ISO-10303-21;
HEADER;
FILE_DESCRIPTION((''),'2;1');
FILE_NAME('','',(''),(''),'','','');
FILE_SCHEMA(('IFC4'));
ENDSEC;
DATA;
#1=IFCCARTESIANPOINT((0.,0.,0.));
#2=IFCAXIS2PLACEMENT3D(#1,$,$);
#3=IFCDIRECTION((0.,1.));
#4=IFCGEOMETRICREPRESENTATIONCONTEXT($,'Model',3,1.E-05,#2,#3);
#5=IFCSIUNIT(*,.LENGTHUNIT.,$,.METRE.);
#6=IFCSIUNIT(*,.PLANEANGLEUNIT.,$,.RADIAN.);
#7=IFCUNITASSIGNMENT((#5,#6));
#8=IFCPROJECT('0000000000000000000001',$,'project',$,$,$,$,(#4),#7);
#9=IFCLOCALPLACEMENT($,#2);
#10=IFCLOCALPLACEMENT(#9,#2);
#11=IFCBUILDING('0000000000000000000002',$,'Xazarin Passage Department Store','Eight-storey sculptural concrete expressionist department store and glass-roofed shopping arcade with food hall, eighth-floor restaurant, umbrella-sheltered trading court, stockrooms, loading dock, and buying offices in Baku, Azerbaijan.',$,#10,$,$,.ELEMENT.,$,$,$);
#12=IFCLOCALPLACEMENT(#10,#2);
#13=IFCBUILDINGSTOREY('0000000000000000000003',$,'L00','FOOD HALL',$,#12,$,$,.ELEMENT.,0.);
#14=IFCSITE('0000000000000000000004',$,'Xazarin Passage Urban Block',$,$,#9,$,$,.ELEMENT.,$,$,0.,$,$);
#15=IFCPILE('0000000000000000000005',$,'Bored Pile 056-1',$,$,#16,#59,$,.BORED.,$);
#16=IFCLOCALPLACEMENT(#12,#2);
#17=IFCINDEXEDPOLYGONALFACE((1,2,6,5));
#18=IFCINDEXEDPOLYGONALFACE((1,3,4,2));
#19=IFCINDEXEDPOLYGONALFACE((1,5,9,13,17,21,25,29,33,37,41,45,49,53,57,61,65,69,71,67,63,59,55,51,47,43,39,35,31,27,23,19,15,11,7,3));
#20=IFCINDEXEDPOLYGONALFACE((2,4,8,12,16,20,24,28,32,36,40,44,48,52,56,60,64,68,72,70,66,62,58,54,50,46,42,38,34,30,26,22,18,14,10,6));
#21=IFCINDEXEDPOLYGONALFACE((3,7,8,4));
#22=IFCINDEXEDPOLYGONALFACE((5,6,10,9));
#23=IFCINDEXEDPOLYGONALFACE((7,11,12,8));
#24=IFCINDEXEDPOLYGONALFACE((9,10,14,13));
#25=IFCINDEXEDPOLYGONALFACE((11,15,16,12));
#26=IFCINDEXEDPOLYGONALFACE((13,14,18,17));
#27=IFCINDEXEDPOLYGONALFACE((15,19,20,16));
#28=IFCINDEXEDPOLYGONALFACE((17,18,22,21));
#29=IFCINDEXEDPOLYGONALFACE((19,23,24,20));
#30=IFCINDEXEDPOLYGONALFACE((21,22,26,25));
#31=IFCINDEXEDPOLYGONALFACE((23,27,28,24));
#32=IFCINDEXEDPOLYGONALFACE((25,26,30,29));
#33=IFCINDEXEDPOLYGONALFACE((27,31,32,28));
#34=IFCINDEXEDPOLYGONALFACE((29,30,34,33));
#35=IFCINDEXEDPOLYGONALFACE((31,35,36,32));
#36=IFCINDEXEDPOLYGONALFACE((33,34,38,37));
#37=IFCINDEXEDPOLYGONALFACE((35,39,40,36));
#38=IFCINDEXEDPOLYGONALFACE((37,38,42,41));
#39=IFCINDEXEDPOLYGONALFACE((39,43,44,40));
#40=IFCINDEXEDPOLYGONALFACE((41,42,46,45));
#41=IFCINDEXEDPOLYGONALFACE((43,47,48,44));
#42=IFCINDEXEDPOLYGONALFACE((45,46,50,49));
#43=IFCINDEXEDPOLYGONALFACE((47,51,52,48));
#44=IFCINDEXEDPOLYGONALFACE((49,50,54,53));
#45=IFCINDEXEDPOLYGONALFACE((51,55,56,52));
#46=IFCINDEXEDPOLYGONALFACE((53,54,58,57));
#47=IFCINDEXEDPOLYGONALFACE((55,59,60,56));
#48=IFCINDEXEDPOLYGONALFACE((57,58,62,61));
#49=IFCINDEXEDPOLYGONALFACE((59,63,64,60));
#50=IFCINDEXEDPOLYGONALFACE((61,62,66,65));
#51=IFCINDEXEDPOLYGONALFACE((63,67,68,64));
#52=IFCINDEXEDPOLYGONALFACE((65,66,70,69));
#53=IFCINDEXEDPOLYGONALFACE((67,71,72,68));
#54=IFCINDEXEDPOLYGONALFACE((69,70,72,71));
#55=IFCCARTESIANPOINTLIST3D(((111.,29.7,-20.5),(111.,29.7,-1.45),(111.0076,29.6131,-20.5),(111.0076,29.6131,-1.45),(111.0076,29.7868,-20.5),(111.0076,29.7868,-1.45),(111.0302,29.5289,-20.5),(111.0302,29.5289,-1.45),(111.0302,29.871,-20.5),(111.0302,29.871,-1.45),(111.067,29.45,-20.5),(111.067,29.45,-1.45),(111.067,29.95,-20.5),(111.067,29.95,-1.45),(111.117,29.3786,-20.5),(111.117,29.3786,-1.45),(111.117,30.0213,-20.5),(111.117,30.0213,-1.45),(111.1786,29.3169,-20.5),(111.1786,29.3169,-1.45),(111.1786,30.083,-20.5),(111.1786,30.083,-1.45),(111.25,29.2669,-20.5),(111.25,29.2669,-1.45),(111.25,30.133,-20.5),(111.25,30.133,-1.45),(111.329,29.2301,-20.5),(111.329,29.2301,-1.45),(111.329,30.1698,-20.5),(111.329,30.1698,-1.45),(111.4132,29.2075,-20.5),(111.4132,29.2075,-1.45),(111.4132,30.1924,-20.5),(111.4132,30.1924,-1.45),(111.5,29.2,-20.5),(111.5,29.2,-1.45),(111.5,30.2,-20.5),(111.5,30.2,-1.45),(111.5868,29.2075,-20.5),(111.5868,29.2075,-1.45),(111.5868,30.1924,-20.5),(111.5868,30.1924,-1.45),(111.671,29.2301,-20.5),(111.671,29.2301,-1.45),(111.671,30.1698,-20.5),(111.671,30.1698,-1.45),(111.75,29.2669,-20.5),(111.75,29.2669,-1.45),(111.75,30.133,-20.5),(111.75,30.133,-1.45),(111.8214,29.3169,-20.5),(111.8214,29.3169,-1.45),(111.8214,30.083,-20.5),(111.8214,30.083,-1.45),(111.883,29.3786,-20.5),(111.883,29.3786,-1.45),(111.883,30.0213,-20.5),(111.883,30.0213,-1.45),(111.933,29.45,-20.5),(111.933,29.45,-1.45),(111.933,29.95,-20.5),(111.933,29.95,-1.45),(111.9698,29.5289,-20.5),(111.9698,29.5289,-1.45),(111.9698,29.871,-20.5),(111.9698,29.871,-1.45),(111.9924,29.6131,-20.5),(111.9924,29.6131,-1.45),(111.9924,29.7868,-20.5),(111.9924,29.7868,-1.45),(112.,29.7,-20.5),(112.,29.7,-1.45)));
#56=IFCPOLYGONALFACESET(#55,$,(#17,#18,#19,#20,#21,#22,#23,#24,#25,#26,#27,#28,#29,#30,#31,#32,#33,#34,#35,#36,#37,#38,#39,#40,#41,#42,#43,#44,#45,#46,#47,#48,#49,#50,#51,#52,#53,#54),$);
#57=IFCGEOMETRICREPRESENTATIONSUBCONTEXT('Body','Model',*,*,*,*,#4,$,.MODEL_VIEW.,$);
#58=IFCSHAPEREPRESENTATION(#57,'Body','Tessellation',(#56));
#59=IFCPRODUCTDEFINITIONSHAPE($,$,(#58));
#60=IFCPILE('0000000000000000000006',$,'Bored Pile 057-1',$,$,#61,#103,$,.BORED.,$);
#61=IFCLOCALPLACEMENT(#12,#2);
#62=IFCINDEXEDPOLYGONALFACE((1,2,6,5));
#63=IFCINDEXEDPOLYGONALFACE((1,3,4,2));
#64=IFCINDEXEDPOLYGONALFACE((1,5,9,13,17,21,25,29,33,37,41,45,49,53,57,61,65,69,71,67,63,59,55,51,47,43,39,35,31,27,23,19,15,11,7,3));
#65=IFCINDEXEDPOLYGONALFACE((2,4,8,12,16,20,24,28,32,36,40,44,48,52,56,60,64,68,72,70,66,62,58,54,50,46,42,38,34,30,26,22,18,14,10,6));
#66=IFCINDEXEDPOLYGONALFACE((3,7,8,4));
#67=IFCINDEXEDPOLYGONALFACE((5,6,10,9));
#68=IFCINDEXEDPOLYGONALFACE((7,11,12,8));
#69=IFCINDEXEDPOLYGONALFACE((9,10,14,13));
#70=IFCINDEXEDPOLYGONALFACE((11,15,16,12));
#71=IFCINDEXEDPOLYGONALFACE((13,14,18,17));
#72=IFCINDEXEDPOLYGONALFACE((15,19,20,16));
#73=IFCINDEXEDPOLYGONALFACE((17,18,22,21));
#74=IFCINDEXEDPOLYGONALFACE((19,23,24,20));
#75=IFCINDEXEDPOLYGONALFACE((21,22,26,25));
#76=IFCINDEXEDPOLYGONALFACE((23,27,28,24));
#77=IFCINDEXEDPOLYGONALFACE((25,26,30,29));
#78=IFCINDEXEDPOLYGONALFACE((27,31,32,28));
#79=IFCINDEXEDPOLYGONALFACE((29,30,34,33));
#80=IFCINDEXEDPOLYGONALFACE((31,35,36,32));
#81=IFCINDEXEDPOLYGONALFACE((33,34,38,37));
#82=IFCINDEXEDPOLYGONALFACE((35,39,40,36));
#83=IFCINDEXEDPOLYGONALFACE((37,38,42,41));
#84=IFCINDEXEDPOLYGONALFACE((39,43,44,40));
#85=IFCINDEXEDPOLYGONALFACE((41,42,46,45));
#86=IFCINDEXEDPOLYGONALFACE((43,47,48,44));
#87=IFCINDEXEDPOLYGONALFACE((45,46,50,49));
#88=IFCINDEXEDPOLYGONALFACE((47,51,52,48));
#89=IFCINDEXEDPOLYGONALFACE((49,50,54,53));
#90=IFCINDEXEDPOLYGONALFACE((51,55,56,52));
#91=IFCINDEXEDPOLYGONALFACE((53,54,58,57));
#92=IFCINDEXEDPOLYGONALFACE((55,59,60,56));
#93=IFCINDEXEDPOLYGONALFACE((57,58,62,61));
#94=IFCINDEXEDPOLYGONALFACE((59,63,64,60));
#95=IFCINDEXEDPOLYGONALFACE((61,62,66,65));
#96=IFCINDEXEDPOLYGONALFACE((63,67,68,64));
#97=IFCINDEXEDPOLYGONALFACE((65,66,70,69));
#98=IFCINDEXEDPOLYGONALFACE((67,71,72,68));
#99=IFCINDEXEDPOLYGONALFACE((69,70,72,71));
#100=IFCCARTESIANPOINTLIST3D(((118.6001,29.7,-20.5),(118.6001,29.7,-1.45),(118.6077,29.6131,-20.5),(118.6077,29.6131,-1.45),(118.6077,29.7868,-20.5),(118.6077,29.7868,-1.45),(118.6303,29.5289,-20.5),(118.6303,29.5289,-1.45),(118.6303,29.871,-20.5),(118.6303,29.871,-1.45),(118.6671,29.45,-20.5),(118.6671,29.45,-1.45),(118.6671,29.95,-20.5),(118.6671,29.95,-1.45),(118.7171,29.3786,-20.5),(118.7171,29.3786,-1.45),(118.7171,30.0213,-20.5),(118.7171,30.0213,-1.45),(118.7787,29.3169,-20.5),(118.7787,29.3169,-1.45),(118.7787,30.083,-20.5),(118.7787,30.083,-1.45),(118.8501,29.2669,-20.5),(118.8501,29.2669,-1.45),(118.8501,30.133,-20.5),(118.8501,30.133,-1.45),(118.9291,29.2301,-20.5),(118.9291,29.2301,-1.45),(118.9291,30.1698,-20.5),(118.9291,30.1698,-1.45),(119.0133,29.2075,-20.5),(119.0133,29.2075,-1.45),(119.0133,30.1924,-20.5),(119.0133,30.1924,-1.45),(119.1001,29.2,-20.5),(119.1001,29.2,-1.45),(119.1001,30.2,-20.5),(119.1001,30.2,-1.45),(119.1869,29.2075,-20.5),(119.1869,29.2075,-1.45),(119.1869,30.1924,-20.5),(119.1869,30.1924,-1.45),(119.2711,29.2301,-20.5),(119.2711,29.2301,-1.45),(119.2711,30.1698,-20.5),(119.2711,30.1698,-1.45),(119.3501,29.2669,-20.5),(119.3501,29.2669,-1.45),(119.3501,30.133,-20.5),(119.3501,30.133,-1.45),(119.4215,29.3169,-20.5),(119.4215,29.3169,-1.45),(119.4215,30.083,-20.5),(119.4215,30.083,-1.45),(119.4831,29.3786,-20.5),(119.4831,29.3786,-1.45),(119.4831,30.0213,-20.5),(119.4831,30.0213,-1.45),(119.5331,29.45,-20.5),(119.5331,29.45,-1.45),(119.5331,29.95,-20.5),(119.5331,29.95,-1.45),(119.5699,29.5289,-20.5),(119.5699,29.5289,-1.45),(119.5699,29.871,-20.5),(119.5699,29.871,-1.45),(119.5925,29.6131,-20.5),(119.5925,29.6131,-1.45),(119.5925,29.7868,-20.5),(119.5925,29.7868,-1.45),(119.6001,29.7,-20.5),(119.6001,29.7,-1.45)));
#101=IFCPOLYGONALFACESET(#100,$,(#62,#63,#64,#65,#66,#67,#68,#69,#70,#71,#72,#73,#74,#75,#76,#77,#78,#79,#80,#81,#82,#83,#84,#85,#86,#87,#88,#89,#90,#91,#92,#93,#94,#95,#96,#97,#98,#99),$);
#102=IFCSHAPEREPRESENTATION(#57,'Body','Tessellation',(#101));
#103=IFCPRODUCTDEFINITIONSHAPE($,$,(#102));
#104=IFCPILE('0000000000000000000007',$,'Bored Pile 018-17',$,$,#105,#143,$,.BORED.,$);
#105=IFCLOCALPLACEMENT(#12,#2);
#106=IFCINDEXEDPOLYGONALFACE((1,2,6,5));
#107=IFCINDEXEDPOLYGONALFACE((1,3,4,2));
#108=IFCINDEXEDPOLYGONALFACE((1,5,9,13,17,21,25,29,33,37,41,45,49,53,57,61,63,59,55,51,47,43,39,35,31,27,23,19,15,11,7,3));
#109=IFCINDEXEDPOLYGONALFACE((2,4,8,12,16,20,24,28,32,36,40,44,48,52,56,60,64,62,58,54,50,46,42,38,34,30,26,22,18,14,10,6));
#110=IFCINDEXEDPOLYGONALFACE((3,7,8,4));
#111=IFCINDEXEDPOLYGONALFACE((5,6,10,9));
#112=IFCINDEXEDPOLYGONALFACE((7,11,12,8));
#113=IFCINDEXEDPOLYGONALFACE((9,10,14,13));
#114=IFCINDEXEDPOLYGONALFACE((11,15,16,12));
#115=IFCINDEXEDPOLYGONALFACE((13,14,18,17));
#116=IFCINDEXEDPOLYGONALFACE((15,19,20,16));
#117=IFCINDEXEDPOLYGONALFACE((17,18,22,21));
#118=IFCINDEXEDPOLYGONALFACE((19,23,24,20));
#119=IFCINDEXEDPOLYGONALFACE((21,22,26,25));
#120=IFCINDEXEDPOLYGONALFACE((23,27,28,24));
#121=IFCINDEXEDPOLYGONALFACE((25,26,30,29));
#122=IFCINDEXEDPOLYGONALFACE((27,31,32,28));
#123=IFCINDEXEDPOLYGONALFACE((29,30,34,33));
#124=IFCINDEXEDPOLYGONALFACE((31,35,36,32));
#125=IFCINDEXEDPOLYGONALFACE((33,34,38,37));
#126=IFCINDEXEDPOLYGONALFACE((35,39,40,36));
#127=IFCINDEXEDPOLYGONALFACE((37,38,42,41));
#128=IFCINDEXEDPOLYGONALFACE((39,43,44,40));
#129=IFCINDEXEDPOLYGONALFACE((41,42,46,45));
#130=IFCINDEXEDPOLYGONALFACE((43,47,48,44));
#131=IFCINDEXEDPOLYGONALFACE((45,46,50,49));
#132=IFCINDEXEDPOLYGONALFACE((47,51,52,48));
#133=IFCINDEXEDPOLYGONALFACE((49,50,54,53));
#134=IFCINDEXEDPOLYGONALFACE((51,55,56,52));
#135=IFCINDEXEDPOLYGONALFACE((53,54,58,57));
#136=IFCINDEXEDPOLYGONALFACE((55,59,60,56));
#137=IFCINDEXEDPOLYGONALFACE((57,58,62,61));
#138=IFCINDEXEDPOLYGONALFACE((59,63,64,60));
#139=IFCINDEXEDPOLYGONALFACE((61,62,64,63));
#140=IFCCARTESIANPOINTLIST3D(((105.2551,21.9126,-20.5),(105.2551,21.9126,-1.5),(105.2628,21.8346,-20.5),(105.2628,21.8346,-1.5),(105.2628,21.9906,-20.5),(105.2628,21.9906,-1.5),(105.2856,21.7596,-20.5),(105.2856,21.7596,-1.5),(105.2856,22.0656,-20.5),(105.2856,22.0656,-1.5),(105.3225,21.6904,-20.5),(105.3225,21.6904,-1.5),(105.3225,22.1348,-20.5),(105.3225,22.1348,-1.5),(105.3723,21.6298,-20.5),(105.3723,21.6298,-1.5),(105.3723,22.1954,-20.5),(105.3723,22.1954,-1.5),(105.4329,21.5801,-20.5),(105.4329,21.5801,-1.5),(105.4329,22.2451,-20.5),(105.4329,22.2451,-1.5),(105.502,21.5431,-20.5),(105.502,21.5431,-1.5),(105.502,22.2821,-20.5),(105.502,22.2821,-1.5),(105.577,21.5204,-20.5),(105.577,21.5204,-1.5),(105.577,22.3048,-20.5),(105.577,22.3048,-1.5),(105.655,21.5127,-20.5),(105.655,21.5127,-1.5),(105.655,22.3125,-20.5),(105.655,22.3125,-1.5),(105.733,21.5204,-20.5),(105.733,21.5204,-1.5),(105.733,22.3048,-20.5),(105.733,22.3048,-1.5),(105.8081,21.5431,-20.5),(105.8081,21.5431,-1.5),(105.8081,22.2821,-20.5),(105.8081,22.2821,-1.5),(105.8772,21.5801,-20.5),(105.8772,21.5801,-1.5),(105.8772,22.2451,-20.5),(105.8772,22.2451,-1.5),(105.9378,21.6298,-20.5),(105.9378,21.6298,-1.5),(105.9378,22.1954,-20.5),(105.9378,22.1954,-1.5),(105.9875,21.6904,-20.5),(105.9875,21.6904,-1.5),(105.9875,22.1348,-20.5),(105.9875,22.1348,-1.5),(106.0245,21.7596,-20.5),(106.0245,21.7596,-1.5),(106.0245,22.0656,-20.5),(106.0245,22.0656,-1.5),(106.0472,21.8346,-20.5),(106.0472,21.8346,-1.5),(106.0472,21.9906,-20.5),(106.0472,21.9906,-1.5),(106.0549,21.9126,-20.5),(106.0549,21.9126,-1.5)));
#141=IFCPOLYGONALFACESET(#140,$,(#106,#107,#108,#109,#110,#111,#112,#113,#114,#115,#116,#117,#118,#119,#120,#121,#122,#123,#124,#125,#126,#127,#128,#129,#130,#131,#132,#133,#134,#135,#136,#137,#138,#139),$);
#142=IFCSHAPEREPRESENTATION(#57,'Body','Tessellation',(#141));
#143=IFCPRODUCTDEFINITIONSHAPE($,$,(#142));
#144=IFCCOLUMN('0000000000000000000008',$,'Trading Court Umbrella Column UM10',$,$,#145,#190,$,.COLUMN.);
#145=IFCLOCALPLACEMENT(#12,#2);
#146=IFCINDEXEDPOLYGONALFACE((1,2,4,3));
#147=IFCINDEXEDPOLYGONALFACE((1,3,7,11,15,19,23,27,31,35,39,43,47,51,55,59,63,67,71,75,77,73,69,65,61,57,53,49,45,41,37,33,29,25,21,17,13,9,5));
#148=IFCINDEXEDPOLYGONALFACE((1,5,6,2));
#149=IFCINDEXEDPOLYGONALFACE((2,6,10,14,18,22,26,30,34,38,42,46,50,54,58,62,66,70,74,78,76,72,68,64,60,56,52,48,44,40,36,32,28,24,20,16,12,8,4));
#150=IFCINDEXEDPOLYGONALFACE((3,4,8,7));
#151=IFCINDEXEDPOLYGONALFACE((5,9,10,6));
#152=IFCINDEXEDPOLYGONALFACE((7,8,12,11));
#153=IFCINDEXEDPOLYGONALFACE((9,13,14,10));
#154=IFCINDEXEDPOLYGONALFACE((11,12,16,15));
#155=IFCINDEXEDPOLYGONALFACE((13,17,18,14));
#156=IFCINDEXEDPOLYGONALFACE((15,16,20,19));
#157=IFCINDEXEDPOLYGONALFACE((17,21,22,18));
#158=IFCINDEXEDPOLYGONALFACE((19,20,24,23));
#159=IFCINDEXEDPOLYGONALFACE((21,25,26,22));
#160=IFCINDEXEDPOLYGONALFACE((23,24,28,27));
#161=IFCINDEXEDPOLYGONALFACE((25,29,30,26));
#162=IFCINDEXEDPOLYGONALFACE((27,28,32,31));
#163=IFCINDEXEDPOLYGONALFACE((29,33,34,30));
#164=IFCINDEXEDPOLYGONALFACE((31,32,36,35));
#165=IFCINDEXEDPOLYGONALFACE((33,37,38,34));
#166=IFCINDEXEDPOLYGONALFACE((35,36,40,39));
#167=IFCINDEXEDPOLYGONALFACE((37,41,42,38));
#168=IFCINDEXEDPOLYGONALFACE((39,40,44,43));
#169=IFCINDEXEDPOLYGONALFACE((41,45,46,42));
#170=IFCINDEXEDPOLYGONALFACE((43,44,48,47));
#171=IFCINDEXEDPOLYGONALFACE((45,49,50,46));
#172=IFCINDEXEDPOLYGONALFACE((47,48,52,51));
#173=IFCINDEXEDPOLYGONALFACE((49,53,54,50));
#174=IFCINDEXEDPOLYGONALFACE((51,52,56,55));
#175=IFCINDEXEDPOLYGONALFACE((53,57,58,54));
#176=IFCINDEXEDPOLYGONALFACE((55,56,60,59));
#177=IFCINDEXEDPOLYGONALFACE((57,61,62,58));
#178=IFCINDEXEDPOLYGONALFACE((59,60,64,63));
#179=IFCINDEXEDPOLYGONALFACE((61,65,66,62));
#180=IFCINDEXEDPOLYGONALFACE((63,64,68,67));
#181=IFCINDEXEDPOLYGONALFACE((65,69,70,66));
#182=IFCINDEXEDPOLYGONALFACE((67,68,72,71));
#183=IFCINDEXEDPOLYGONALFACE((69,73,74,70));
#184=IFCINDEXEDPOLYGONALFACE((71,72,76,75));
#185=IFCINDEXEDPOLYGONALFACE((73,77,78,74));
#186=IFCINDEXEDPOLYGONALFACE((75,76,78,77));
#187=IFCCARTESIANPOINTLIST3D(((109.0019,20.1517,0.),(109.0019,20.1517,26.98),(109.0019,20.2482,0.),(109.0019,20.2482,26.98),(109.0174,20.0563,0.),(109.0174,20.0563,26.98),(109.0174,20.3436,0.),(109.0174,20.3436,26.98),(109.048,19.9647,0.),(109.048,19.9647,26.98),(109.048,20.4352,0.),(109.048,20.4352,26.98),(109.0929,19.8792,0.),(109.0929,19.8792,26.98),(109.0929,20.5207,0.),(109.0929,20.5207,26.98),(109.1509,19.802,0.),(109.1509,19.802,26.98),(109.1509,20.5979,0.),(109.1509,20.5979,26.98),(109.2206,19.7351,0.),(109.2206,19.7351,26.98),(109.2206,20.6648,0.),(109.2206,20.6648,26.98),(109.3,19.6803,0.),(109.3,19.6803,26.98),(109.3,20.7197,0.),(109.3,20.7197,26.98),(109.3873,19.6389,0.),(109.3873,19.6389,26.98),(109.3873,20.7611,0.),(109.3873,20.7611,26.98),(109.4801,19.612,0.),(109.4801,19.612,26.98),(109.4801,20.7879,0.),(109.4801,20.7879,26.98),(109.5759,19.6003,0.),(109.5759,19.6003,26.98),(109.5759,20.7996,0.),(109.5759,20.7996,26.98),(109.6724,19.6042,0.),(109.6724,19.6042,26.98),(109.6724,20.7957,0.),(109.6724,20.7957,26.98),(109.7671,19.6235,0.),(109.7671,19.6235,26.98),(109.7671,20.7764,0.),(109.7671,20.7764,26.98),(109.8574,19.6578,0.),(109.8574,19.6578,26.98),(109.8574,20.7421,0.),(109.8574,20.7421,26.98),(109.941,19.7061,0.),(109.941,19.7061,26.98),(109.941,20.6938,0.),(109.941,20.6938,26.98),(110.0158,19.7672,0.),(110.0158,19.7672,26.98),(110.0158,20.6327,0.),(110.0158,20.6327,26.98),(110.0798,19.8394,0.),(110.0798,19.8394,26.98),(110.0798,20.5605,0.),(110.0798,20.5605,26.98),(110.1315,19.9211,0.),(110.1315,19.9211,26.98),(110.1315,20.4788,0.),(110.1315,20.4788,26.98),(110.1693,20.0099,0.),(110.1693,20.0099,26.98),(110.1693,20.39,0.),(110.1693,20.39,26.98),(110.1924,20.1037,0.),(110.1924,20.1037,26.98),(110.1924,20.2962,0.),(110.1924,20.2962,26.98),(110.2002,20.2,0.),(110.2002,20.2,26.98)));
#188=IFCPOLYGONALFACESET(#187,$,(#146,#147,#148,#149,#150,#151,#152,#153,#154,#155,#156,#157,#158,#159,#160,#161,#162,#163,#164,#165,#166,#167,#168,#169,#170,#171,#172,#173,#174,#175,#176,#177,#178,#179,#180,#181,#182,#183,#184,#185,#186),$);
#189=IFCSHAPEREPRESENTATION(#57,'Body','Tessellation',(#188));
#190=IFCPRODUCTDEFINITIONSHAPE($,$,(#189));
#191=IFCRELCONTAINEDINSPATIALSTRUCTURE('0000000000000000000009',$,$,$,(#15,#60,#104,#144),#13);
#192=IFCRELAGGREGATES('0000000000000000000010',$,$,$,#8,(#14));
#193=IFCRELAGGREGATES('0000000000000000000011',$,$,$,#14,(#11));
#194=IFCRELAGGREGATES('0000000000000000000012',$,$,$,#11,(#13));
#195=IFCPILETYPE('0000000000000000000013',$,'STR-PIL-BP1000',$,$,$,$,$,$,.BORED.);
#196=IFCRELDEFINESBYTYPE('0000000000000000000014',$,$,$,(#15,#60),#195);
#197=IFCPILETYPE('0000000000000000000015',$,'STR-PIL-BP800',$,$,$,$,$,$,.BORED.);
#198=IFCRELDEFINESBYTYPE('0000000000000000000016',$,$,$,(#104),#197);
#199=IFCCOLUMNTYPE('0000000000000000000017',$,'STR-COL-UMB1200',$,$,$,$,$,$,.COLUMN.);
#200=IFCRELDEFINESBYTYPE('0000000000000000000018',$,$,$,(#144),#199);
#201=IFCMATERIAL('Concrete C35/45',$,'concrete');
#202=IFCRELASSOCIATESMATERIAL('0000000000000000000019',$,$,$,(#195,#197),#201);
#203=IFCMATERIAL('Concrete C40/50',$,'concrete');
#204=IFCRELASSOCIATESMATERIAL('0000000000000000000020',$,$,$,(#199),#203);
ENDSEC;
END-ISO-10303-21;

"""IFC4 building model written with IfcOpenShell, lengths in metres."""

from ifc_helpers import new_model, si_unit, direction, frame, origin, origin_2d, place, context, subcontext, project, spatial, circle, extrude, material, material_profile, profile_set, type_object, element, save


model = new_model("IFC4")

# Units and contexts
model_context = context("Model", 3, precision=1e-05, world=origin(), true_north=direction((0.0, 1.0)))
body_context = subcontext(model_context, "Body", "Model", "MODEL_VIEW")
ifc_project = project(units=[si_unit("LENGTHUNIT", "METRE"), si_unit("PLANEANGLEUNIT", "RADIAN")], contexts=[model_context])

# Site, building, storey
site_placement = place(None, origin())
site = spatial("IfcSite", under=ifc_project, at=site_placement, Name="Xazarin Passage Urban Block", CompositionType="ELEMENT", RefElevation=0.0)
building_placement = place(site_placement, origin())
building = spatial("IfcBuilding", under=site, at=building_placement, Name="Xazarin Passage Department Store", Description="Eight-storey sculptural concrete expressionist department store and glass-roofed shopping arcade with food hall, eighth-floor restaurant, umbrella-sheltered trading court, stockrooms, loading dock, and buying offices in Baku, Azerbaijan.", CompositionType="ELEMENT")
storey_placement = place(building_placement, origin())
storey = spatial("IfcBuildingStorey", under=building, at=storey_placement, Name="L00", Description="FOOD HALL", CompositionType="ELEMENT", Elevation=0.0)

# Shared definitions
ifc_material_1 = material(Name="Concrete C35/45", Category="concrete")

# Piles
ifc_material_profile_1 = material_profile(ifc_material_1, circle(Radius=0.5, at=origin_2d()), Name="BP 1000")
ifc_profile_set_1 = profile_set([ifc_material_profile_1], Name="Concrete C35/45")
pile_type_1 = type_object("IfcPileType", Name="STR-PIL-BP1000", PredefinedType="BORED", material=ifc_profile_set_1)
for number, where, z_axis, x_axis, name in (
    (1, (111.5, 29.7, -1.45), (0.0, 0.0, -1.0), (1.0, 0.0, 0.0), "Bored Pile 056-1"),
    (2, (119.1001, 29.7, -1.45), (0.0, 0.0, -1.0), (1.0, 0.0, 0.0), "Bored Pile 057-1"),
):
    element("IfcPile", number, at=place(storey_placement, frame(where, z_axis=z_axis, x_axis=x_axis)), inside=storey, type_object=pile_type_1, Name=name, PredefinedType="BORED", context=body_context, shape_type="SweptSolid", body=[
        extrude(circle(Radius=0.5, at=origin_2d()), origin(), (0.0, 0.0, 1.0), 19.05),
    ])
ifc_material_profile_2 = material_profile(ifc_material_1, circle(Radius=0.3999, at=origin_2d()), Name="BP 800")
ifc_profile_set_2 = profile_set([ifc_material_profile_2], Name="Concrete C35/45")
pile_type_2 = type_object("IfcPileType", Name="STR-PIL-BP800", PredefinedType="BORED", material=ifc_profile_set_2)
pile_1_placement = place(storey_placement, frame((105.655, 21.9126, -1.5), z_axis=(0.0, 0.0, -1.0), x_axis=(1.0, 0.0, 0.0)))
element("IfcPile", 3, at=pile_1_placement, inside=storey, type_object=pile_type_2, Name="Bored Pile 018-17", PredefinedType="BORED", context=body_context, shape_type="SweptSolid", body=[
    extrude(circle(Radius=0.3999, at=origin_2d()), origin(), (0.0, 0.0, 1.0), 19.0),
])

# Column
ifc_material_2 = material(Name="Concrete C40/50", Category="concrete")
ifc_material_profile_3 = material_profile(ifc_material_2, circle(Radius=0.6001, at=origin_2d()), Name="RCD 1200")
ifc_profile_set_3 = profile_set([ifc_material_profile_3], Name="Concrete C40/50")
column_type = type_object("IfcColumnType", Name="STR-COL-UMB1200", PredefinedType="COLUMN", material=ifc_profile_set_3)
column_placement = place(storey_placement, frame((109.6001, 20.2, 0.0), z_axis=(0.0, 0.0, 1.0), x_axis=(1.0, 0.0, 0.0)))
element("IfcColumn", 4, at=column_placement, inside=storey, type_object=column_type, Name="Trading Court Umbrella Column UM10", PredefinedType="COLUMN", context=body_context, shape_type="SweptSolid", body=[
    extrude(circle(Radius=0.6001, at=origin_2d()), origin(), (0.0, 0.0, 1.0), 26.98),
])

save(model, "model.ifc")
